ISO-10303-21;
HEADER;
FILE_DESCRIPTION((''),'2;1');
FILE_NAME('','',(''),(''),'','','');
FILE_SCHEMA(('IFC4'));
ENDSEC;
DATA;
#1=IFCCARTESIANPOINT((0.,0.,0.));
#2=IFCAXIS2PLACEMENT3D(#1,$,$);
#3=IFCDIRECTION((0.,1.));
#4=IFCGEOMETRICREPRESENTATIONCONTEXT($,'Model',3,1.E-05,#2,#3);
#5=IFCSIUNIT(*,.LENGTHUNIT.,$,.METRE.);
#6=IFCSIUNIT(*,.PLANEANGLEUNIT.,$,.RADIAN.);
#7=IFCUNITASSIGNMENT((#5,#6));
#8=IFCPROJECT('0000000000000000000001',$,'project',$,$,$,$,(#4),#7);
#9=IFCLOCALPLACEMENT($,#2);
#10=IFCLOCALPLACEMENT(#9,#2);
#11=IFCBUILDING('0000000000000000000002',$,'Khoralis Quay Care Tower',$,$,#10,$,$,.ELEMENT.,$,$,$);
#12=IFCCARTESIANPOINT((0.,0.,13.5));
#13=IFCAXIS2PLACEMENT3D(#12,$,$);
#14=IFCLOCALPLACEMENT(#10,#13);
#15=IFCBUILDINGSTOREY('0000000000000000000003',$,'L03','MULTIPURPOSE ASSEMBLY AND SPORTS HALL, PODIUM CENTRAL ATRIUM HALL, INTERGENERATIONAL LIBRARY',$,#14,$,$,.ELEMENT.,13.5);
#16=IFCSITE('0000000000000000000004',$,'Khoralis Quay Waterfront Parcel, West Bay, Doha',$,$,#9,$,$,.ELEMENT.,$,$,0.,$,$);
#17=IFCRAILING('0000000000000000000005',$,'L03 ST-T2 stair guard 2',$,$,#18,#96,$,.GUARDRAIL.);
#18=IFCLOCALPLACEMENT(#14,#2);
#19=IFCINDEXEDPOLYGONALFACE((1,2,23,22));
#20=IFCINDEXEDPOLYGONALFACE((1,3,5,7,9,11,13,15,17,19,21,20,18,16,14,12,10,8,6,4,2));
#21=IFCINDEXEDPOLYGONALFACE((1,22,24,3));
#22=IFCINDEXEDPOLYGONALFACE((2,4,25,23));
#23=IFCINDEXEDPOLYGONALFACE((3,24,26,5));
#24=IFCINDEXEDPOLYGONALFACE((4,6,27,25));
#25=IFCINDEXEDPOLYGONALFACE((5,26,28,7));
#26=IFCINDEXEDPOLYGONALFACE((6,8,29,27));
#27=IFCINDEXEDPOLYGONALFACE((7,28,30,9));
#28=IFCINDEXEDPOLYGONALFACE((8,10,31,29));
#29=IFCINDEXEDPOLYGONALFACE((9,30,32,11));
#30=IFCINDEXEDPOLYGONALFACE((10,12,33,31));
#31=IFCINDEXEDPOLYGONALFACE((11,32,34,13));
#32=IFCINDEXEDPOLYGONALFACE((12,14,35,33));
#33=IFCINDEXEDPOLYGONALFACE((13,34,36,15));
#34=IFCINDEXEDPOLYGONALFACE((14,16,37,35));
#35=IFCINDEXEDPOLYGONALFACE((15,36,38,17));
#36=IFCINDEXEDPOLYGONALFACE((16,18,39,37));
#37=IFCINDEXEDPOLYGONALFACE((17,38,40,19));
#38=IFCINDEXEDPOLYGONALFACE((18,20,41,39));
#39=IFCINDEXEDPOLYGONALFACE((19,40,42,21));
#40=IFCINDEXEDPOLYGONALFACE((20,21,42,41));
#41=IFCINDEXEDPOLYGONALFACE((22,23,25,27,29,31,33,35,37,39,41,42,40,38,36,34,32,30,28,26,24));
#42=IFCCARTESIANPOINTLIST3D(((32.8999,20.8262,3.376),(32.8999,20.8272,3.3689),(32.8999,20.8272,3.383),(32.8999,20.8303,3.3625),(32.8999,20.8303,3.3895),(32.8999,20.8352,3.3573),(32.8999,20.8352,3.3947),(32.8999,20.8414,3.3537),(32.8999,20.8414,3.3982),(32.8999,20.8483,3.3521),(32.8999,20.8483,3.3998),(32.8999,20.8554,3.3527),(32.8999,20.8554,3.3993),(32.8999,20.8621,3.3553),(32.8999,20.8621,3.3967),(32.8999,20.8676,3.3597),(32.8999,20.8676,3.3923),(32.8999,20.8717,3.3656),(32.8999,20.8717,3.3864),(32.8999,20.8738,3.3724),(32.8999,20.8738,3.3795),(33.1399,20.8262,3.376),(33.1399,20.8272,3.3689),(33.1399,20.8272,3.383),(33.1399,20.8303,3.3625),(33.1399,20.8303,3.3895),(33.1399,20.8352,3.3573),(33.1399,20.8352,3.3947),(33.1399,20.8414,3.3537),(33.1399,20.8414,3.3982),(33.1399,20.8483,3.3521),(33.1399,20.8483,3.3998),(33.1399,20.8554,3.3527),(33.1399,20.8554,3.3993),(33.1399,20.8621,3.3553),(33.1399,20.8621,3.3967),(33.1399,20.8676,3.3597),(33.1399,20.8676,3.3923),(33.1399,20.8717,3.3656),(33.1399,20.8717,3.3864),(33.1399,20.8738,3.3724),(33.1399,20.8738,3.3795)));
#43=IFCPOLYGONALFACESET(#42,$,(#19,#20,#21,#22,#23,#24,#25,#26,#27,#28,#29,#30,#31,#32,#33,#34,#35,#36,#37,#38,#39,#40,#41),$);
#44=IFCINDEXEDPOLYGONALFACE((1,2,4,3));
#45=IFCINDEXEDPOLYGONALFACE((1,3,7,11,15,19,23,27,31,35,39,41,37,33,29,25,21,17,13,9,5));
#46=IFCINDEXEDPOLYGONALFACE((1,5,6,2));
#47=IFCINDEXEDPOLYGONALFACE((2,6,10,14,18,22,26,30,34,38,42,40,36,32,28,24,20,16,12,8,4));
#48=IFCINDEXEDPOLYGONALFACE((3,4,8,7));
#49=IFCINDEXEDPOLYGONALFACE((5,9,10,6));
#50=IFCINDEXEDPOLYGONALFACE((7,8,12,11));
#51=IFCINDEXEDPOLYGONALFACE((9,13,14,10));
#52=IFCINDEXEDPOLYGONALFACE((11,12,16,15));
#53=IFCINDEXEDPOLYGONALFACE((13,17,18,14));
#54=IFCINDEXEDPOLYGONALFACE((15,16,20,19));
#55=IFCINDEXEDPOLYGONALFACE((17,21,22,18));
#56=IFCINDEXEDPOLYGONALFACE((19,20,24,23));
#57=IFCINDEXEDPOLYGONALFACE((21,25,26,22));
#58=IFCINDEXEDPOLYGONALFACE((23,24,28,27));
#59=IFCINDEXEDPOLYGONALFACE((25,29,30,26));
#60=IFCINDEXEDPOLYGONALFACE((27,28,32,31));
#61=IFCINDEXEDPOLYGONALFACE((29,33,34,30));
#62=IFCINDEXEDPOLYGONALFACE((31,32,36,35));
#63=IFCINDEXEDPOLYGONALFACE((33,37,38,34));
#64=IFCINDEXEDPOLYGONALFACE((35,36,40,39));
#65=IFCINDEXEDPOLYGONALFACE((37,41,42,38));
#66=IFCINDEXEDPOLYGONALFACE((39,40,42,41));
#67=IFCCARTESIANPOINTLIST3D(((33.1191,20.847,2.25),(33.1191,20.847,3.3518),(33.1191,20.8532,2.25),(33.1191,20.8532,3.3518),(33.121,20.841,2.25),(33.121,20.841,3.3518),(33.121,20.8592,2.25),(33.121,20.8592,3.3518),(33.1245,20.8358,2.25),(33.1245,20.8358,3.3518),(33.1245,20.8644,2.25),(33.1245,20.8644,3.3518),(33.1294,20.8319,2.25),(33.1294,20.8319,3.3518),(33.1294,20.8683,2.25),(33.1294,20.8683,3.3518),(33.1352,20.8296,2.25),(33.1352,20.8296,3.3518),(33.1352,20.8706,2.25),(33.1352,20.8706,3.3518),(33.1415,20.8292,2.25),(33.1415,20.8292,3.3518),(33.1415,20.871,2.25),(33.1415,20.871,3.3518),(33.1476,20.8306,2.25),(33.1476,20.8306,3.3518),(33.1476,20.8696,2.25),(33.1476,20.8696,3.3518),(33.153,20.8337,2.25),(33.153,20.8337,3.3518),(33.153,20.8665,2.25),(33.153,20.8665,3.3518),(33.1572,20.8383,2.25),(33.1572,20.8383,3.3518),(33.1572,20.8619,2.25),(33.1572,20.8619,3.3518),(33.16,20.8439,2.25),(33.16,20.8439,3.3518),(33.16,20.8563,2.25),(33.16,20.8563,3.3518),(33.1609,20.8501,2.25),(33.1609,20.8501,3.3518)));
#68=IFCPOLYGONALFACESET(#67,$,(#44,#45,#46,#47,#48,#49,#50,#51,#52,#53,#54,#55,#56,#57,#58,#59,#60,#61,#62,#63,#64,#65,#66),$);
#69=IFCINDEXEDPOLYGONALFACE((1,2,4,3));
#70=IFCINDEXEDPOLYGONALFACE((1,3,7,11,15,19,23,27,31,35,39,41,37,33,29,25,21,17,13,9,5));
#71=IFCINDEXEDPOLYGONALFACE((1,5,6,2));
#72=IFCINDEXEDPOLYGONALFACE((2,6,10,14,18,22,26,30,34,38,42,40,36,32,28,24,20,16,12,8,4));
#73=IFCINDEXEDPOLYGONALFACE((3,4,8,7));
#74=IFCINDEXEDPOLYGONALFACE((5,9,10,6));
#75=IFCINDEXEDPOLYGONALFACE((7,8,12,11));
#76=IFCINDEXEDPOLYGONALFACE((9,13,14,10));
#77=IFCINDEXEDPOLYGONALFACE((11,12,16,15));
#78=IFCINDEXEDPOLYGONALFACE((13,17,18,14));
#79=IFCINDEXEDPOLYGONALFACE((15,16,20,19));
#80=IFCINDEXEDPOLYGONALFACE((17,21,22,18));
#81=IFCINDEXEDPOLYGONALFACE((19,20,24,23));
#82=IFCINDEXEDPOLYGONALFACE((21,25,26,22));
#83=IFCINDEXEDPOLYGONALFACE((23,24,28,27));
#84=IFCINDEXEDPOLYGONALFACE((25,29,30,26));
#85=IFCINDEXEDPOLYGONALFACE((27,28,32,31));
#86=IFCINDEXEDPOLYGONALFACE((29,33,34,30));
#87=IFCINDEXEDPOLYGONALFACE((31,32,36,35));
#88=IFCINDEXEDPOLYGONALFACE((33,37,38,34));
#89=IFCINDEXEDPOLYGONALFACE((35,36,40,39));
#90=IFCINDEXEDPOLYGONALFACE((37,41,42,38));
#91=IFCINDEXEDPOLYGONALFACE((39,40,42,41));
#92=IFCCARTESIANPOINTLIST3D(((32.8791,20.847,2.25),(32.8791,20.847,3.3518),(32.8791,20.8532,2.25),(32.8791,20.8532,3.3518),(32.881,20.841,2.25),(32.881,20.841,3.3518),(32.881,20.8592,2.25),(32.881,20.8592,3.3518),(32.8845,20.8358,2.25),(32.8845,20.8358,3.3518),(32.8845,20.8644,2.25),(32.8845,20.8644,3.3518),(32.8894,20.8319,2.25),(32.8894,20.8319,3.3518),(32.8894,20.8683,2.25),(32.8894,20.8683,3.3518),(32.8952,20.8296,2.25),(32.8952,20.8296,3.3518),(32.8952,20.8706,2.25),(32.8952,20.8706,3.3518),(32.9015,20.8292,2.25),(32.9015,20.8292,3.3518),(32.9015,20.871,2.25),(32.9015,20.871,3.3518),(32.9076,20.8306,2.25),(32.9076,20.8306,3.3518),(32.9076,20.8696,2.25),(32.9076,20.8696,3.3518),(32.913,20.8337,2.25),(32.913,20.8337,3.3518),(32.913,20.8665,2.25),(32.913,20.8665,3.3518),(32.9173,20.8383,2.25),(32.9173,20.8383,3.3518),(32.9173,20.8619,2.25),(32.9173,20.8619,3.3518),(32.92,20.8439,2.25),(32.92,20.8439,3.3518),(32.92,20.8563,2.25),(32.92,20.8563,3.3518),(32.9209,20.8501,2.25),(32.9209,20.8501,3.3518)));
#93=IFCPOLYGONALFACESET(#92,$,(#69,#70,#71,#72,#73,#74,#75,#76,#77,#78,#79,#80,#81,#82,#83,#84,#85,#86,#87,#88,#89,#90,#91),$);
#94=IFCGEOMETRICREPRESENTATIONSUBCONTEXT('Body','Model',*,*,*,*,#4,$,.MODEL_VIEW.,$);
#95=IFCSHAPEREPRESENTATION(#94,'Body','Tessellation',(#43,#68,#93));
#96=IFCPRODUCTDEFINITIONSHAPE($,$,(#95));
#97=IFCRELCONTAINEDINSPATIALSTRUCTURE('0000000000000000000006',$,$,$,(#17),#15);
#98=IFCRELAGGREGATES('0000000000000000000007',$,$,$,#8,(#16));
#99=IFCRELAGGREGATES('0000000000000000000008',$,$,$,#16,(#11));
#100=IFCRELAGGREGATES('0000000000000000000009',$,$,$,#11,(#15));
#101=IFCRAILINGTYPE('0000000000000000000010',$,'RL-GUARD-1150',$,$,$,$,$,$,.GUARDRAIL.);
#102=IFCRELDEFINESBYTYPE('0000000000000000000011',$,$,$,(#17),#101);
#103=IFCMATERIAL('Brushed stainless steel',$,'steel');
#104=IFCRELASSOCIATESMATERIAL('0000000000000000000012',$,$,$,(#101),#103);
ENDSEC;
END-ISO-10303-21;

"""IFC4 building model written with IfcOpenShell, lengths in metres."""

from ifc_helpers import new_model, si_unit, direction, frame, origin, origin_2d, place, context, subcontext, project, spatial, circle, extrude, material, type_object, element, save


model = new_model("IFC4")

# Units and contexts
model_context = context("Model", 3, precision=1e-05, world=origin(), true_north=direction((0.0, 1.0)))
body_context = subcontext(model_context, "Body", "Model", "MODEL_VIEW")
ifc_project = project(units=[si_unit("LENGTHUNIT", "METRE"), si_unit("PLANEANGLEUNIT", "RADIAN")], contexts=[model_context])

# Site, building, storey
site_placement = place(None, origin())
site = spatial("IfcSite", under=ifc_project, at=site_placement, Name="Khoralis Quay Waterfront Parcel, West Bay, Doha", CompositionType="ELEMENT", RefElevation=0.0)
building_placement = place(site_placement, origin())
building = spatial("IfcBuilding", under=site, at=building_placement, Name="Khoralis Quay Care Tower", CompositionType="ELEMENT")
storey_placement = place(building_placement, frame((0.0, 0.0, 13.5)))
storey = spatial("IfcBuildingStorey", under=building, at=storey_placement, Name="L03", Description="MULTIPURPOSE ASSEMBLY AND SPORTS HALL, PODIUM CENTRAL ATRIUM HALL, INTERGENERATIONAL LIBRARY", CompositionType="ELEMENT", Elevation=13.5)

# Shared definitions
ifc_material_1 = material(Name="Brushed stainless steel", Category="steel")

# Railing
railing_type_1 = type_object("IfcRailingType", Name="RL-GUARD-1150", PredefinedType="GUARDRAIL", material=ifc_material_1)
railing_1_placement = place(storey_placement, frame((33.1399, 20.8501, 2.25)))
element("IfcRailing", 1, at=railing_1_placement, inside=storey, type_object=railing_type_1, Name="L03 ST-T2 stair guard 2", PredefinedType="GUARDRAIL", context=body_context, shape_type="SweptSolid", body=[
    extrude(circle(Radius=0.0239, at=origin_2d()), frame((0.0, 0.0, 1.126), z_axis=(-1.0, 0.0, 0.0), x_axis=(0.0, -1.0, 0.0)), (0.0, 0.0, 1.0), 0.24),
    extrude(circle(Radius=0.021, at=origin_2d()), origin(), (0.0, 0.0, 1.0), 1.1018),
    extrude(circle(Radius=0.021, at=origin_2d()), frame((-0.24, 0.0, 0.0)), (0.0, 0.0, 1.0), 1.1018),
])

save(model, "model.ifc")
